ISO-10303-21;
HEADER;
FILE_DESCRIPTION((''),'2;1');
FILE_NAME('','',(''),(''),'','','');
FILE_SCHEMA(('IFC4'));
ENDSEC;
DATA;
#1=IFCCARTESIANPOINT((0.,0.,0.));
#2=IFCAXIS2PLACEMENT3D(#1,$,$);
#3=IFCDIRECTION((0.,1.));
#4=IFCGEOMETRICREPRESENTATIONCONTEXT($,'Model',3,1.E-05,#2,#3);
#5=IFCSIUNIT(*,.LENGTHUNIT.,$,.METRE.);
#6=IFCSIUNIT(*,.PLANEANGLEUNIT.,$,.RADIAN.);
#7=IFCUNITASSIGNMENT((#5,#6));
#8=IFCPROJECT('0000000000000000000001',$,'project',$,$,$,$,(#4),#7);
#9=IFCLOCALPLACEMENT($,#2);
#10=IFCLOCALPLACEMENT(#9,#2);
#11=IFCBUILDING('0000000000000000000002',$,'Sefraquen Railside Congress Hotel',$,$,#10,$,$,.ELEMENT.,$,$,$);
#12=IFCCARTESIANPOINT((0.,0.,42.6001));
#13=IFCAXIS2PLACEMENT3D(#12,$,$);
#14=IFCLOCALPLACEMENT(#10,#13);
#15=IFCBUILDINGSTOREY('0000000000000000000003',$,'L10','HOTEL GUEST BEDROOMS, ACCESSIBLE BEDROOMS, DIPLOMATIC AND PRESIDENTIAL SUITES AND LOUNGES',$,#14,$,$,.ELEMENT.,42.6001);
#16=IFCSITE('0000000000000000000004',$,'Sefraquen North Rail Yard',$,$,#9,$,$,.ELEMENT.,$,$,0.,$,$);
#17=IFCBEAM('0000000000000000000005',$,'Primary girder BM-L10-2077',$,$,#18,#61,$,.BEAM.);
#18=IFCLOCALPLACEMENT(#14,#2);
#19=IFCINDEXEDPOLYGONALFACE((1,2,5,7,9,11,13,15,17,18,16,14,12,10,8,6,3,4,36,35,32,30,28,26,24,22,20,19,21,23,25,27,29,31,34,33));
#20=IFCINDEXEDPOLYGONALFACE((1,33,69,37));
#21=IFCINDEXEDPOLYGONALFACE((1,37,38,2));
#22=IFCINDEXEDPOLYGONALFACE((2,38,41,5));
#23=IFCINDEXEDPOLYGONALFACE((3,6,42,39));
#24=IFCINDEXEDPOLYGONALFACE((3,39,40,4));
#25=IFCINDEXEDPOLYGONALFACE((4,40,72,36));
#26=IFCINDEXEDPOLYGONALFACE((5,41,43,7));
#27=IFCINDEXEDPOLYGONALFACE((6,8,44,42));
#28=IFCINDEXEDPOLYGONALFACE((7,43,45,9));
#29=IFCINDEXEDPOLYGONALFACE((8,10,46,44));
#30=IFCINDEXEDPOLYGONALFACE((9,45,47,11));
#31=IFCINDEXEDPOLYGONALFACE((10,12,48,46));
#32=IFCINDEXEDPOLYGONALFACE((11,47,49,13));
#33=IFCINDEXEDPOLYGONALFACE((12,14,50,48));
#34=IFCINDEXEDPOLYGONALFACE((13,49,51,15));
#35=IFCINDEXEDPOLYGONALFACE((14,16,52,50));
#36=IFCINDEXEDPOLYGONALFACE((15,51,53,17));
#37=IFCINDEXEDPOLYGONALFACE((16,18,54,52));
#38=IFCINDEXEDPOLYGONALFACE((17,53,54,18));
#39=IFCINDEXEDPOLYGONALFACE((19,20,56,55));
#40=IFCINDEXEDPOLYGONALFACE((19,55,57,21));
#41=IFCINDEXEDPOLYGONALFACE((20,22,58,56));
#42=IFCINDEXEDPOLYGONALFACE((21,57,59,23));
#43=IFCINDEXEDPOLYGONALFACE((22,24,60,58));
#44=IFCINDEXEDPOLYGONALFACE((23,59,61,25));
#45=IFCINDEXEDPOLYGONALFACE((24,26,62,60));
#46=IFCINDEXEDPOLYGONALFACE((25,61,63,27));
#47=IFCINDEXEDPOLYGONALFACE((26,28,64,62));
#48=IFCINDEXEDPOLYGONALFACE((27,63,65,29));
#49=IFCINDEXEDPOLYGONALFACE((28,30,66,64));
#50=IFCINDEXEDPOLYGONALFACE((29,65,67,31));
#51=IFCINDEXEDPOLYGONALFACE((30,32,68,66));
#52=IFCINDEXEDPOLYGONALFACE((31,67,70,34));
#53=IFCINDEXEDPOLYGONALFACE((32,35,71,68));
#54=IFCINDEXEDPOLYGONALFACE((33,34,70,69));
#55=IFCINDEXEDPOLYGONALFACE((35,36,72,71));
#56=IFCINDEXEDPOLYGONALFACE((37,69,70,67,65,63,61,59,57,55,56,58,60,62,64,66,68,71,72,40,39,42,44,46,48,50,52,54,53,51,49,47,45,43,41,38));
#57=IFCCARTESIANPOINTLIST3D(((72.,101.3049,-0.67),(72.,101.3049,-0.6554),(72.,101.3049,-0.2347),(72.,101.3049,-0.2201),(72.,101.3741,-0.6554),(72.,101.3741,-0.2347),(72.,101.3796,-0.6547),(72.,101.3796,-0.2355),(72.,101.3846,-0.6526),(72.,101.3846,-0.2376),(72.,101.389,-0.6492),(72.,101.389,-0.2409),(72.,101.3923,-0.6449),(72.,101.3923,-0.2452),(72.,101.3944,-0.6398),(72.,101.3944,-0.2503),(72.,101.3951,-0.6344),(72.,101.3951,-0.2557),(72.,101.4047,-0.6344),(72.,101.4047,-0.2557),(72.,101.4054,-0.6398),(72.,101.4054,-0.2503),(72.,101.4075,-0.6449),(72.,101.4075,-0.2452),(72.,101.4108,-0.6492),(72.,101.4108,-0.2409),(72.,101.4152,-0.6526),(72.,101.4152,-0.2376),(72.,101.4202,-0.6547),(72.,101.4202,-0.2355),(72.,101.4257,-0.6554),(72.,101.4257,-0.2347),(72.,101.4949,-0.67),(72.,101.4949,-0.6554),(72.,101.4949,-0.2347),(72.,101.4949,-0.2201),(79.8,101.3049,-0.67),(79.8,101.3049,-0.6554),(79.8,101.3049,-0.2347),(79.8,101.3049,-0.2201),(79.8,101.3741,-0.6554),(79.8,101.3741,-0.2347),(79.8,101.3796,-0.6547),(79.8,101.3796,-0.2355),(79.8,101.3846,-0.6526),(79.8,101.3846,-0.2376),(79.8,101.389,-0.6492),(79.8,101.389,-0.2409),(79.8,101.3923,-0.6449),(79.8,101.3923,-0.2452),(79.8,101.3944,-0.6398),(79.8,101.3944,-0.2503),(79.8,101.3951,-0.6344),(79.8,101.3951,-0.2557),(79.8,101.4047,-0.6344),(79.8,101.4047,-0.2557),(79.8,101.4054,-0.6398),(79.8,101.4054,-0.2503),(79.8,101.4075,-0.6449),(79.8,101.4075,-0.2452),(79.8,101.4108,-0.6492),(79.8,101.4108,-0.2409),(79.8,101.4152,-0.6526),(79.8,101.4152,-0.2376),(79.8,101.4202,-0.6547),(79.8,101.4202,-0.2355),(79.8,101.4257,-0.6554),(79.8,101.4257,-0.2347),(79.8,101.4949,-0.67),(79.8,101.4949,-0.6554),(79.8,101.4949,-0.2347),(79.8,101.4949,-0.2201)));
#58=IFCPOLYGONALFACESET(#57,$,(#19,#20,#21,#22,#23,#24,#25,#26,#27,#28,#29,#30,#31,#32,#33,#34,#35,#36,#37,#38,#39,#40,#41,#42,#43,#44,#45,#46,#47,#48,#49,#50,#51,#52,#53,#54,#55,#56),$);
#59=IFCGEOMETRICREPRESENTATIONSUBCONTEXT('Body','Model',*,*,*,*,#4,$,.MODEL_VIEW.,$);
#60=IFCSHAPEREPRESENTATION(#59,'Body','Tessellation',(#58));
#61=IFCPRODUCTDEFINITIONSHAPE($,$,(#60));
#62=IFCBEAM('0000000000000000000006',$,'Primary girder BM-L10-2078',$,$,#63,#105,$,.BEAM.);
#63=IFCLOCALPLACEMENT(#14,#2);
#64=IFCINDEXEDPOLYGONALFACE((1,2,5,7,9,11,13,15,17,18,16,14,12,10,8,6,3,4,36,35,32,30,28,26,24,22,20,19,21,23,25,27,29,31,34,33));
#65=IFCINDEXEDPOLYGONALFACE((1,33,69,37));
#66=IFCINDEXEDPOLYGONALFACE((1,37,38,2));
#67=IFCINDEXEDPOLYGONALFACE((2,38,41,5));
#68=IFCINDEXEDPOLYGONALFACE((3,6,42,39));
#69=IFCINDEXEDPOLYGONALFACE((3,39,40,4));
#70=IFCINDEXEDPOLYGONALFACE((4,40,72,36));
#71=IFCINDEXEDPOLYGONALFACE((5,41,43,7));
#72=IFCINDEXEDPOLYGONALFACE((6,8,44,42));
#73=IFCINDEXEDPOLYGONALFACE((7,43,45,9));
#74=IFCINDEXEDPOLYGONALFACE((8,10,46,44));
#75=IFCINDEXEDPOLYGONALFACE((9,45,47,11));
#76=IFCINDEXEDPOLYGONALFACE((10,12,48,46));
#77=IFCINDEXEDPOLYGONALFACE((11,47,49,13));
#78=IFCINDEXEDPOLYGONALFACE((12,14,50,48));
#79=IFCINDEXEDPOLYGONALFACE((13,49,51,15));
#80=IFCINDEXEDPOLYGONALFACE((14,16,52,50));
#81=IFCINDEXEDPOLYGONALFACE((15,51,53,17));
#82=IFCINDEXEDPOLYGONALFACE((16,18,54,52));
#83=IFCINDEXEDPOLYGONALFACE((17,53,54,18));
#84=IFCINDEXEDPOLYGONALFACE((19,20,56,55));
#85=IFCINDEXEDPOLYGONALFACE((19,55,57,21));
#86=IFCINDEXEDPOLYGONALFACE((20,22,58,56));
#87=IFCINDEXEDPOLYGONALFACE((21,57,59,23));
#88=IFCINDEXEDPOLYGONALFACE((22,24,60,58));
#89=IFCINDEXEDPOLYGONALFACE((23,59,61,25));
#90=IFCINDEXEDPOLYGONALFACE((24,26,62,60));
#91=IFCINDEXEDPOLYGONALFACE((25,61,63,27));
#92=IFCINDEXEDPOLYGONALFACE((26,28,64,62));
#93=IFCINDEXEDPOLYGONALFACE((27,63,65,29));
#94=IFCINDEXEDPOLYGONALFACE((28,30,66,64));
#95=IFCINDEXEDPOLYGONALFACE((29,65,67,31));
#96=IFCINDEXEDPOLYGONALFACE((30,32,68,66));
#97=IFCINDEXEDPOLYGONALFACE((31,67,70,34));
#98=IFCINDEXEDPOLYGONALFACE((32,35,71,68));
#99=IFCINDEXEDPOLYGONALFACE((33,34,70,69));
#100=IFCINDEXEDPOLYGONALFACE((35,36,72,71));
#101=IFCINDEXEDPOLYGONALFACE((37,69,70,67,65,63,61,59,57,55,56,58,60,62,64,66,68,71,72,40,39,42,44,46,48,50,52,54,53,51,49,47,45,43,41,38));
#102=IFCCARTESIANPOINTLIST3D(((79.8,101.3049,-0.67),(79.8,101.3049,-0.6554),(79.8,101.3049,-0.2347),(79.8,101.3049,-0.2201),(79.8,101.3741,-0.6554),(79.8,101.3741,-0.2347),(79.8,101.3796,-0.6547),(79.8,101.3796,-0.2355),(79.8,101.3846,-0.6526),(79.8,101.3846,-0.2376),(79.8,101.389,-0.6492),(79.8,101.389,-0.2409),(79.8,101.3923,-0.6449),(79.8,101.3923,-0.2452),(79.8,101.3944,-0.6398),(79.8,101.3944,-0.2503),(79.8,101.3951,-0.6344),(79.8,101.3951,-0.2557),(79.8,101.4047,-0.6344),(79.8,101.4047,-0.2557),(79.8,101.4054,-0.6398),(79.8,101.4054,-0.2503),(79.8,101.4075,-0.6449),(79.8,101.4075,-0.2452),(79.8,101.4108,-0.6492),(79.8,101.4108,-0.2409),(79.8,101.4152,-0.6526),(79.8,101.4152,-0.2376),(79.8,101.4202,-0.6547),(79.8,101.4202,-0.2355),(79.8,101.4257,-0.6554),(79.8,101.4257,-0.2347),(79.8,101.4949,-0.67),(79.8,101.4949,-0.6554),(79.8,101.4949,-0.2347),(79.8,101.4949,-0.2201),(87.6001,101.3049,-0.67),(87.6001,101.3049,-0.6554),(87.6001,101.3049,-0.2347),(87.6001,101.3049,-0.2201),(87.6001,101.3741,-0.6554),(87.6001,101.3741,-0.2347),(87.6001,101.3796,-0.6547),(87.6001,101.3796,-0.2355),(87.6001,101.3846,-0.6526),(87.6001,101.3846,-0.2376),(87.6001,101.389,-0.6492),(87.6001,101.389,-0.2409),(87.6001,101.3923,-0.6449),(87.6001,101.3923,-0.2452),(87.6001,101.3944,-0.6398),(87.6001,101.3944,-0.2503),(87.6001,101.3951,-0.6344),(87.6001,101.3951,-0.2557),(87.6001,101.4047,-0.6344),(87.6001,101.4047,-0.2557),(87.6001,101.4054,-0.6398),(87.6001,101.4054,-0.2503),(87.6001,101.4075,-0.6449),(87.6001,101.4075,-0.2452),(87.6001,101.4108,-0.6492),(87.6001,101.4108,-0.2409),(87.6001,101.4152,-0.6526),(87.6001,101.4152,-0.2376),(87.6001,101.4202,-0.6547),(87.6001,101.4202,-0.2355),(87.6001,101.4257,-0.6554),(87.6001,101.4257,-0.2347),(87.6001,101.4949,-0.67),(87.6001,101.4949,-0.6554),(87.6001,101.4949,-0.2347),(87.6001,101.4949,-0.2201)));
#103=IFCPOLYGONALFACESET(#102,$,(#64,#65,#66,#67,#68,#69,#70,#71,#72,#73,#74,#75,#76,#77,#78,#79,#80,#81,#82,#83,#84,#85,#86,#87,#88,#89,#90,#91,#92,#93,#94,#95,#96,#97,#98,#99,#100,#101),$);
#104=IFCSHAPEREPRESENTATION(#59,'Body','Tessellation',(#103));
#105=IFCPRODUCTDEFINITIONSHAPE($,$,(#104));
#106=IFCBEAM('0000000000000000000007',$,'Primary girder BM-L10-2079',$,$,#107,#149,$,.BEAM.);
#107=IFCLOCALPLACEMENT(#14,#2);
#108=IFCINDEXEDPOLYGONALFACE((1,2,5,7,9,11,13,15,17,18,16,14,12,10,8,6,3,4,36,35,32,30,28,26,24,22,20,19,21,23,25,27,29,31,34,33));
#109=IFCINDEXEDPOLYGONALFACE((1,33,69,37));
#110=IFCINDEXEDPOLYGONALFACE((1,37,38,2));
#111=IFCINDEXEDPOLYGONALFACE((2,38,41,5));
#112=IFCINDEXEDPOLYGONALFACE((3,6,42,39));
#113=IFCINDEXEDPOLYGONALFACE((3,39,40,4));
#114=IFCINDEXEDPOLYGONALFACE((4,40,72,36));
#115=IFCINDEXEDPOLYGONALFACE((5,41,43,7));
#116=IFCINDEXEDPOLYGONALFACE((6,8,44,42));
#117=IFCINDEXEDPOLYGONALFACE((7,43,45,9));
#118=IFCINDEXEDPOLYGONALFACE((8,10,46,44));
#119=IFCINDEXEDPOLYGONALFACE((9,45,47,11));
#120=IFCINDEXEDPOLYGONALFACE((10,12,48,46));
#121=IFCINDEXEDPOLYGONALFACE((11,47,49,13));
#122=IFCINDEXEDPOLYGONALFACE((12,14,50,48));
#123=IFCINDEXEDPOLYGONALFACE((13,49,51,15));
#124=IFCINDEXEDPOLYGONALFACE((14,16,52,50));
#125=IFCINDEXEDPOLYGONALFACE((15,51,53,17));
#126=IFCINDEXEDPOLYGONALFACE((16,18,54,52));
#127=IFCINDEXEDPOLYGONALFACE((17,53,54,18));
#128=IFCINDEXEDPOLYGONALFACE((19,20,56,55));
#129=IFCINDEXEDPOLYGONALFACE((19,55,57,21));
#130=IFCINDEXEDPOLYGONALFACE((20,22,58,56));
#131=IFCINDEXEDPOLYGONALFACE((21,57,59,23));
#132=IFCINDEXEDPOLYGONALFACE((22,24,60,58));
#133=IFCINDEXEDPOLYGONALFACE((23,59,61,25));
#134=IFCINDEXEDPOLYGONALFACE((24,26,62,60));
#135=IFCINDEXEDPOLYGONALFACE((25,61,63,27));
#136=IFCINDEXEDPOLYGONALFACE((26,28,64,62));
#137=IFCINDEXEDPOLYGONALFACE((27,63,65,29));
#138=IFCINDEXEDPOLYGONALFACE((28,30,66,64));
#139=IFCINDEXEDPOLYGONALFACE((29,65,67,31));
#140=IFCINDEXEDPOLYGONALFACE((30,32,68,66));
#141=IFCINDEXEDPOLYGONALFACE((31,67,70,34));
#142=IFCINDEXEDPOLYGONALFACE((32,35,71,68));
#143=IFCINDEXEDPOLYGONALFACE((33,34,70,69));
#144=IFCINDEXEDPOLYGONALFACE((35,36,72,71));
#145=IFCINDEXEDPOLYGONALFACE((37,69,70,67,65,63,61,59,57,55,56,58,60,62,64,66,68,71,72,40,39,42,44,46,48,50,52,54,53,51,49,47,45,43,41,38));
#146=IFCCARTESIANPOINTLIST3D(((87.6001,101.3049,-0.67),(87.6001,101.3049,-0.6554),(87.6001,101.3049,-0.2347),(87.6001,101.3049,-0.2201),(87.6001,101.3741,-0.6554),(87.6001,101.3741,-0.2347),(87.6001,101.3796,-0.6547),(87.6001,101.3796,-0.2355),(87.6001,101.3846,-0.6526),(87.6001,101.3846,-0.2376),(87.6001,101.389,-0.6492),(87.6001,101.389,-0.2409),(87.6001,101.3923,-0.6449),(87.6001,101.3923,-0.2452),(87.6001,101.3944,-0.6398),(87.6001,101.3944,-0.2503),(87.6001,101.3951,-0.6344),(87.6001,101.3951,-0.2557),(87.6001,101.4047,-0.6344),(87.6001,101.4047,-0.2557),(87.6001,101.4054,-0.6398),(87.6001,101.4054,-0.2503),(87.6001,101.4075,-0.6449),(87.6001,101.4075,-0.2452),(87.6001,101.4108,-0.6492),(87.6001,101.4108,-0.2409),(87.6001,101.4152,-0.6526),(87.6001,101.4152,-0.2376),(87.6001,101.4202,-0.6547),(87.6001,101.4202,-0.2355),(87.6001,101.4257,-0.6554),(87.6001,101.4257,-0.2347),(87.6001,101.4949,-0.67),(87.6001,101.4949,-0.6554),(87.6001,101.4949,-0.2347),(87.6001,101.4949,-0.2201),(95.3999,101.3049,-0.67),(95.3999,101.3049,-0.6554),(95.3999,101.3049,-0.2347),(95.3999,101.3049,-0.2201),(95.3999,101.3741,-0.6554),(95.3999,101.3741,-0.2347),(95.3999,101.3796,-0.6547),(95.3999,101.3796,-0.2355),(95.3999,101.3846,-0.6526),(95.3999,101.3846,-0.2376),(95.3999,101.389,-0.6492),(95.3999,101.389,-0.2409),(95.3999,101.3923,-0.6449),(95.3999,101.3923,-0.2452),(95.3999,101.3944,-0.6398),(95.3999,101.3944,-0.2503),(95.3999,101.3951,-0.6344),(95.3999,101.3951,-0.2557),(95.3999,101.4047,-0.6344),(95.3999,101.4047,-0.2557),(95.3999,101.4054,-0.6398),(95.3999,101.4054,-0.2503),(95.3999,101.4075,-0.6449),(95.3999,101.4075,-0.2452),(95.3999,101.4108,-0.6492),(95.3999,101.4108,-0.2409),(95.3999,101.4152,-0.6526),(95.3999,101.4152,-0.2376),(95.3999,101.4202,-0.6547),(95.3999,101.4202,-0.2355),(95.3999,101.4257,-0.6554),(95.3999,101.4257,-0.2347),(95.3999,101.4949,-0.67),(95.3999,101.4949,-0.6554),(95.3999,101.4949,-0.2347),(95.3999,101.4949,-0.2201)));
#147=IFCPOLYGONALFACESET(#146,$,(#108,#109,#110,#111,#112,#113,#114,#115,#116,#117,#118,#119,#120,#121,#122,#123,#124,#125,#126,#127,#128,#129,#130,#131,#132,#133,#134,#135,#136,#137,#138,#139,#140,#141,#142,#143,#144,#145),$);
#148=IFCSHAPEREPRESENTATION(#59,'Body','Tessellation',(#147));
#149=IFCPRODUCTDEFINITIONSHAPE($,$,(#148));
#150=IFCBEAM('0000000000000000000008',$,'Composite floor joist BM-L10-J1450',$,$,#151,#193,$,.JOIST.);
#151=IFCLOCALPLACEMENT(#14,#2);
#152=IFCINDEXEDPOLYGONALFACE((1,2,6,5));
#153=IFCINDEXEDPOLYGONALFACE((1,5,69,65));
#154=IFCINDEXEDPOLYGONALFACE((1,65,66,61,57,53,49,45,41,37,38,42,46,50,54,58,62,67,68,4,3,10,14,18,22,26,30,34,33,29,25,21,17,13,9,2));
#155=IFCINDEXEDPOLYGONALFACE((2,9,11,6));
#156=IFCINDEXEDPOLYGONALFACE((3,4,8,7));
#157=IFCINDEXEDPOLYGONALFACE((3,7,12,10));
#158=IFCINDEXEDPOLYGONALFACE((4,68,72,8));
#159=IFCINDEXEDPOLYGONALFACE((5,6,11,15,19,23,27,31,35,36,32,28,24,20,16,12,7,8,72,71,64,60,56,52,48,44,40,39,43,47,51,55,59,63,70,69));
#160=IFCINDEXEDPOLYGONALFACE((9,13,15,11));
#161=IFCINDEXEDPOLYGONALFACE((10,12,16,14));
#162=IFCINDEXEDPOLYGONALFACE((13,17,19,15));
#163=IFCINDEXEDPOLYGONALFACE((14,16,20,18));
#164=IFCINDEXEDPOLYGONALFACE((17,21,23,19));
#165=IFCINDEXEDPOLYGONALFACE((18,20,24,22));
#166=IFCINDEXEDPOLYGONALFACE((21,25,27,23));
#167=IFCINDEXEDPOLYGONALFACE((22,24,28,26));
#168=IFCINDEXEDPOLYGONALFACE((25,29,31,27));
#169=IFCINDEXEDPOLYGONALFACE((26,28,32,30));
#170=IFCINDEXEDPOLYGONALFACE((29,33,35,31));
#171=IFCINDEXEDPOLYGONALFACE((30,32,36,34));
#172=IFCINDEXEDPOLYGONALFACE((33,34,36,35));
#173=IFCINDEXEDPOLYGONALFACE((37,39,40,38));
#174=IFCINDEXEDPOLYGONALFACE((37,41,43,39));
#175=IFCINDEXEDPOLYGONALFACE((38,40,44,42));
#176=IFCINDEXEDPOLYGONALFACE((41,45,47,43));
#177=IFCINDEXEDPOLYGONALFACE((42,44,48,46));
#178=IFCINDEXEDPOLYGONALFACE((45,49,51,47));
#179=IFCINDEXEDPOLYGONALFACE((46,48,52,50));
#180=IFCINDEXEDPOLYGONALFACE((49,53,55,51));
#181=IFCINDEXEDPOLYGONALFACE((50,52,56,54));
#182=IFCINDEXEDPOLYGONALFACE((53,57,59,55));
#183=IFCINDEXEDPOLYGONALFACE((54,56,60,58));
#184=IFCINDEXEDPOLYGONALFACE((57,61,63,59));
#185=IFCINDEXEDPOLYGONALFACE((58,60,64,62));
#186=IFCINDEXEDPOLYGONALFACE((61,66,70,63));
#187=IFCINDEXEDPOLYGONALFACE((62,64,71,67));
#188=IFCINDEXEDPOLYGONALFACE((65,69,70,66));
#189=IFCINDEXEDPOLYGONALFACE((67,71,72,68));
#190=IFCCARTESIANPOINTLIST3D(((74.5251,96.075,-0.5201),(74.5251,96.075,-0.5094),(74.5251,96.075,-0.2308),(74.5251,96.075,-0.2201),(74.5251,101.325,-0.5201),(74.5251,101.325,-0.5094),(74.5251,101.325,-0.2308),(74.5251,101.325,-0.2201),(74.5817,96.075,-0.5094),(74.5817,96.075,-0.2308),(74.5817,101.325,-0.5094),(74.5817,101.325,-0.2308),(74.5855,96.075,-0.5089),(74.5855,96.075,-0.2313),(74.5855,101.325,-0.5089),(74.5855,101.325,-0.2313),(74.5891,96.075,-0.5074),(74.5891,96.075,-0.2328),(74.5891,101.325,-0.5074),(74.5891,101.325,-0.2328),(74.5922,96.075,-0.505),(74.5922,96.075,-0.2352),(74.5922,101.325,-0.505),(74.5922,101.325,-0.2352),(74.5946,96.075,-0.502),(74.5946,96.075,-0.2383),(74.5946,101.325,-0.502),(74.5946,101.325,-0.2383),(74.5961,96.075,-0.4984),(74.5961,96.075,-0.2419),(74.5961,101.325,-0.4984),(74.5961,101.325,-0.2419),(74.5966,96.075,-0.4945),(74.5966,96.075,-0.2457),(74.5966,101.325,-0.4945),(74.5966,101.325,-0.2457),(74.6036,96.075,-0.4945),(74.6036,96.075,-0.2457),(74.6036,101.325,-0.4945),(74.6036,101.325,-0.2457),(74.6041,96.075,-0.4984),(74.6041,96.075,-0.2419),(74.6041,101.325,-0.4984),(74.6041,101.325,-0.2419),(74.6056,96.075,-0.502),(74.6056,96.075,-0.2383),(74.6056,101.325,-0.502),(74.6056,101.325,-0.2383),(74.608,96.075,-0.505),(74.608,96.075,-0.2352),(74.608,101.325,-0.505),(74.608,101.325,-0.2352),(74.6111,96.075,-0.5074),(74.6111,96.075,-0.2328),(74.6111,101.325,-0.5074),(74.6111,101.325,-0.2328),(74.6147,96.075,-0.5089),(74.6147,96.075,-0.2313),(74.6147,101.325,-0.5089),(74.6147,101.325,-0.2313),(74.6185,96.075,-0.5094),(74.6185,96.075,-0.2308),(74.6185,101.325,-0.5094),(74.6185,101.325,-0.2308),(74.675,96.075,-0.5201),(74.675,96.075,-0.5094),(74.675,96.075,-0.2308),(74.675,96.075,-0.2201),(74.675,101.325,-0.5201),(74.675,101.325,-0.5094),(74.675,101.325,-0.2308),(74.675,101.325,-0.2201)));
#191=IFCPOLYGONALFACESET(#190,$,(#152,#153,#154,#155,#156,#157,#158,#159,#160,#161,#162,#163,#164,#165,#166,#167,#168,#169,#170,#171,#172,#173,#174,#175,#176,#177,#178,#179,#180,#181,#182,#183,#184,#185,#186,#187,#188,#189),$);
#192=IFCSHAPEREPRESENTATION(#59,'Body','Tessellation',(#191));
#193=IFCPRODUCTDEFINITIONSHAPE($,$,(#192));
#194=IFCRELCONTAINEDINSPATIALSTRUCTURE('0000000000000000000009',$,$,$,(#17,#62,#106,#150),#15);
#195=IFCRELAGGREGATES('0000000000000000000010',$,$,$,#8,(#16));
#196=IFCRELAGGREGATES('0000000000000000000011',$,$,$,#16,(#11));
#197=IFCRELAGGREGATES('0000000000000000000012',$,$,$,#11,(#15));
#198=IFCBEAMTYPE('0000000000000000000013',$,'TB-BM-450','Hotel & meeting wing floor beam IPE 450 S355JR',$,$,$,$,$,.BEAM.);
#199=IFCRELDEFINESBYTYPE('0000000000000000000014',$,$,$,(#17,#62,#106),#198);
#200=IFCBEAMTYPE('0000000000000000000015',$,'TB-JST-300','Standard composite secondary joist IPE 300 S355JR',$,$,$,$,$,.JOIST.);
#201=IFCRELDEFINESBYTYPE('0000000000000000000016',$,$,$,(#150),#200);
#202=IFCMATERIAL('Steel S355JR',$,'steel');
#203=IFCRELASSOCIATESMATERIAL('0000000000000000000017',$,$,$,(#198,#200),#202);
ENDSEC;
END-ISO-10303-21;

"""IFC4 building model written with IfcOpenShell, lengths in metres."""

from ifc_helpers import new_model, si_unit, direction, frame, origin, origin_2d, place, context, subcontext, project, spatial, i_section, extrude, material, material_profile, profile_set, type_object, element, save


model = new_model("IFC4")

# Units and contexts
model_context = context("Model", 3, precision=1e-05, world=origin(), true_north=direction((0.0, 1.0)))
body_context = subcontext(model_context, "Body", "Model", "MODEL_VIEW")
ifc_project = project(units=[si_unit("LENGTHUNIT", "METRE"), si_unit("PLANEANGLEUNIT", "RADIAN")], contexts=[model_context])

# Site, building, storey
site_placement = place(None, origin())
site = spatial("IfcSite", under=ifc_project, at=site_placement, Name="Sefraquen North Rail Yard", CompositionType="ELEMENT", RefElevation=0.0)
building_placement = place(site_placement, origin())
building = spatial("IfcBuilding", under=site, at=building_placement, Name="Sefraquen Railside Congress Hotel", CompositionType="ELEMENT")
storey_placement = place(building_placement, frame((0.0, 0.0, 42.6001)))
storey = spatial("IfcBuildingStorey", under=building, at=storey_placement, Name="L10", Description="HOTEL GUEST BEDROOMS, ACCESSIBLE BEDROOMS, DIPLOMATIC AND PRESIDENTIAL SUITES AND LOUNGES", CompositionType="ELEMENT", Elevation=42.6001)

# Shared definitions
ifc_material_1 = material(Name="Steel S355JR", Category="steel")

# Beams
ifc_material_profile_1 = material_profile(ifc_material_1, i_section(OverallWidth=0.1899, OverallDepth=0.45, WebThickness=0.0095, FlangeThickness=0.0146, FilletRadius=0.021, at=origin_2d()), Name="IPE 450")
ifc_profile_set_1 = profile_set([ifc_material_profile_1], Name="Steel S355JR")
beam_type_1 = type_object("IfcBeamType", Name="TB-BM-450", Description="Hotel & meeting wing floor beam IPE 450 S355JR", PredefinedType="BEAM", material=ifc_profile_set_1)
for number, where, z_axis, x_axis, name in (
    (1, (72.0, 101.3999, -0.4451), (1.0, 0.0, 0.0), (0.0, 1.0, 0.0), "Primary girder BM-L10-2077"),
    (2, (79.8, 101.3999, -0.4451), (1.0, 0.0, 0.0), (0.0, 1.0, 0.0), "Primary girder BM-L10-2078"),
):
    element("IfcBeam", number, at=place(storey_placement, frame(where, z_axis=z_axis, x_axis=x_axis)), inside=storey, type_object=beam_type_1, Name=name, PredefinedType="BEAM", context=body_context, shape_type="SweptSolid", body=[
        extrude(i_section(OverallWidth=0.1899, OverallDepth=0.45, WebThickness=0.0095, FlangeThickness=0.0146, FilletRadius=0.021, at=origin_2d()), origin(), (0.0, 0.0, 1.0), 7.8),
    ])
beam_1_placement = place(storey_placement, frame((87.6001, 101.3999, -0.4451), z_axis=(1.0, 0.0, 0.0), x_axis=(0.0, 1.0, 0.0)))
element("IfcBeam", 3, at=beam_1_placement, inside=storey, type_object=beam_type_1, Name="Primary girder BM-L10-2079", PredefinedType="BEAM", context=body_context, shape_type="SweptSolid", body=[
    extrude(i_section(OverallWidth=0.1899, OverallDepth=0.45, WebThickness=0.0095, FlangeThickness=0.0146, FilletRadius=0.021, at=origin_2d()), origin(), (0.0, 0.0, 1.0), 7.7998),
])
ifc_material_profile_2 = material_profile(ifc_material_1, i_section(OverallWidth=0.1499, OverallDepth=0.3, WebThickness=0.0071, FlangeThickness=0.0107, FilletRadius=0.0149, at=origin_2d()), Name="IPE 300")
ifc_profile_set_2 = profile_set([ifc_material_profile_2], Name="Steel S355JR")
beam_type_2 = type_object("IfcBeamType", Name="TB-JST-300", Description="Standard composite secondary joist IPE 300 S355JR", PredefinedType="JOIST", material=ifc_profile_set_2)
for number, where, z_axis, x_axis, name in (
    (4, (74.6001, 96.075, -0.3701), (0.0, 1.0, 0.0), (-1.0, 0.0, 0.0), "Composite floor joist BM-L10-J1450"),
):
    element("IfcBeam", number, at=place(storey_placement, frame(where, z_axis=z_axis, x_axis=x_axis)), inside=storey, type_object=beam_type_2, Name=name, PredefinedType="JOIST", context=body_context, shape_type="SweptSolid", body=[
        extrude(i_section(OverallWidth=0.1499, OverallDepth=0.3, WebThickness=0.0071, FlangeThickness=0.0107, FilletRadius=0.0149, at=origin_2d()), origin(), (0.0, 0.0, 1.0), 5.25),
    ])

save(model, "model.ifc")
